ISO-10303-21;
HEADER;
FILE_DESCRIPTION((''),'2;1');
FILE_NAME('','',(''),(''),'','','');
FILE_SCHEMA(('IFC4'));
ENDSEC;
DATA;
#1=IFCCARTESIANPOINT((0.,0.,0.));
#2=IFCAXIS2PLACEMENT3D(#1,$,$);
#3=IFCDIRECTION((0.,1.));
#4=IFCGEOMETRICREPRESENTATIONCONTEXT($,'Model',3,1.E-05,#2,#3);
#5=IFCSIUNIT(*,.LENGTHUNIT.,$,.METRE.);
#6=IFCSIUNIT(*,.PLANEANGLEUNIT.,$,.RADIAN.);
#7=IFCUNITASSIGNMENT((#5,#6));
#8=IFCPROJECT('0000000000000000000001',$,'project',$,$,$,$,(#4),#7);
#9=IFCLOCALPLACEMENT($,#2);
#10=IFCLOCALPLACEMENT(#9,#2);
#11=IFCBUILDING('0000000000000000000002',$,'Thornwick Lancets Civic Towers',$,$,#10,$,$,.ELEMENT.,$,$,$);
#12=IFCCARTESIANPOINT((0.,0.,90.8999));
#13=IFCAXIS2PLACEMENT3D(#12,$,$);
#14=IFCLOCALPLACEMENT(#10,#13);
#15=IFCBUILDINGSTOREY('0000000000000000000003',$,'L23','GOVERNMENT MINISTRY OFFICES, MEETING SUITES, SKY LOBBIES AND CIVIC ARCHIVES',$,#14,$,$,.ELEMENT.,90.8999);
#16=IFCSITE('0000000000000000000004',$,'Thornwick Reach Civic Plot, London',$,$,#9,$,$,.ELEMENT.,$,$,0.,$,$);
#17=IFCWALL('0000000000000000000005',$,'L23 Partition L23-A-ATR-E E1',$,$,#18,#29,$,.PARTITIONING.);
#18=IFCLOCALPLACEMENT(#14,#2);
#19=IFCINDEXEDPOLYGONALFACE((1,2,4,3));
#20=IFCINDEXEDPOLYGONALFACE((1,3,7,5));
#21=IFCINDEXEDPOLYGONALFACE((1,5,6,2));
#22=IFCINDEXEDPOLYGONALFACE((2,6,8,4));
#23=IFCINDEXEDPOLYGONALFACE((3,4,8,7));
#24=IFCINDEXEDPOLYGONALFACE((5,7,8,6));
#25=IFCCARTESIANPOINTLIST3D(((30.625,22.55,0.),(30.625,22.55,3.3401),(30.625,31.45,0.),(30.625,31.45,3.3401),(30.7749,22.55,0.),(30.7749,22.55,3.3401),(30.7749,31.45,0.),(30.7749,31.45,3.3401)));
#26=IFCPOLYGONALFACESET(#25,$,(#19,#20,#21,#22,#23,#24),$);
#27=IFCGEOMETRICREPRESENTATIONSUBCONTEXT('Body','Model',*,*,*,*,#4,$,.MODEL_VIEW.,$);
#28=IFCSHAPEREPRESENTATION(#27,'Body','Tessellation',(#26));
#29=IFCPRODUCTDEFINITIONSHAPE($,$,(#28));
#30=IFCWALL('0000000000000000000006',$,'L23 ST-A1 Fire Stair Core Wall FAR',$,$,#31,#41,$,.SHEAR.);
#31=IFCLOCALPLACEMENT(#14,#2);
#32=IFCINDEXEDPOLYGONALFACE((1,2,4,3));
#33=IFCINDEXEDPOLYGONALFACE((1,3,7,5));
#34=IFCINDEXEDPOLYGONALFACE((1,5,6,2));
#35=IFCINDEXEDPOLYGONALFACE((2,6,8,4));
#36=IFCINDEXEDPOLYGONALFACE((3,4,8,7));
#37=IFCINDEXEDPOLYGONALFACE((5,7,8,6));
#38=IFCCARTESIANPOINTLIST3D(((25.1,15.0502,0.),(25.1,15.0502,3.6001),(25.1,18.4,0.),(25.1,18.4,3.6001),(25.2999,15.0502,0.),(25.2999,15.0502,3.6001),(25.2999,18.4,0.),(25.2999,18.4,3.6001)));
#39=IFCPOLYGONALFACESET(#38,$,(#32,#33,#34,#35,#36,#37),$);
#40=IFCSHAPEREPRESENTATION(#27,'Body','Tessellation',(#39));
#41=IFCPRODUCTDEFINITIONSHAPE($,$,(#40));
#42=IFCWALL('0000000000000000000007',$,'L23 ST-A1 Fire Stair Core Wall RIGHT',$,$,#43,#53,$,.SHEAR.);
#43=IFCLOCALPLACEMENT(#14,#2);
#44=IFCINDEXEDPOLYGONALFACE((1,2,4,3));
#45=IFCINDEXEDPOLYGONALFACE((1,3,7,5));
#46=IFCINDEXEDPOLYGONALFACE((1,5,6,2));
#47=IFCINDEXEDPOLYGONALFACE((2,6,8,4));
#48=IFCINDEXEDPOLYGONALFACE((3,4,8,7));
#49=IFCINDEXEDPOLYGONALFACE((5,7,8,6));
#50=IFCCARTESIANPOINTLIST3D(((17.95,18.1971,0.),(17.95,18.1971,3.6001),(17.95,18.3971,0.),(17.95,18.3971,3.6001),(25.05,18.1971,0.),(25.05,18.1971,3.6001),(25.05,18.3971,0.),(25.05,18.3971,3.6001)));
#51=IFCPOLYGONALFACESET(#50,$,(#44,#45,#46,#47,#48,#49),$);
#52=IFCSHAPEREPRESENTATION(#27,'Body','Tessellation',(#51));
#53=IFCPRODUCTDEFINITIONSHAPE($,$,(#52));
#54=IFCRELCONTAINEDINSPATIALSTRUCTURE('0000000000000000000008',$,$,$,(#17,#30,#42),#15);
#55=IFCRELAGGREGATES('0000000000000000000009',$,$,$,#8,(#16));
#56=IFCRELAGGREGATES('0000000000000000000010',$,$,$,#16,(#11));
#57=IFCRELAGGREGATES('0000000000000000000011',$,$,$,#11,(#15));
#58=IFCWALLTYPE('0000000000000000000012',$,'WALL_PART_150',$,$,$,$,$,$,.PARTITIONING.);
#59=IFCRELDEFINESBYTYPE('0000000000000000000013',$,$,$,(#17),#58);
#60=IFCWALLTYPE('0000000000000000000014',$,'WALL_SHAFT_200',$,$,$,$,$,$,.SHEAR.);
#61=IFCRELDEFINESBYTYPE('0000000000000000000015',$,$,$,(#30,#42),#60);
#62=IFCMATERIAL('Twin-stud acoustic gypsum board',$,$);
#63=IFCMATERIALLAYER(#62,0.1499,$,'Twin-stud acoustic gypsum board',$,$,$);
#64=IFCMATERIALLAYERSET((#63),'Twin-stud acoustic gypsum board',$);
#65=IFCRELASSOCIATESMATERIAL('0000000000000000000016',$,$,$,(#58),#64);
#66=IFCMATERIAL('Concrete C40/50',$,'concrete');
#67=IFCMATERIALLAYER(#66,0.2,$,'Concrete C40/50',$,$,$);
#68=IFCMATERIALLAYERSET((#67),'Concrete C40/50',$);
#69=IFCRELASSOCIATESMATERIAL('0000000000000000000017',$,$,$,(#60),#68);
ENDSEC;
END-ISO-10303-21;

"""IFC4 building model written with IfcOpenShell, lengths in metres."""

from ifc_helpers import new_model, si_unit, direction, frame, frame_2d, origin, place, context, subcontext, project, spatial, rectangle, extrude, material, layer, layer_set, type_object, element, save


model = new_model("IFC4")

# Units and contexts
model_context = context("Model", 3, precision=1e-05, world=origin(), true_north=direction((0.0, 1.0)))
body_context = subcontext(model_context, "Body", "Model", "MODEL_VIEW")
ifc_project = project(units=[si_unit("LENGTHUNIT", "METRE"), si_unit("PLANEANGLEUNIT", "RADIAN")], contexts=[model_context])

# Site, building, storey
site_placement = place(None, origin())
site = spatial("IfcSite", under=ifc_project, at=site_placement, Name="Thornwick Reach Civic Plot, London", CompositionType="ELEMENT", RefElevation=0.0)
building_placement = place(site_placement, origin())
building = spatial("IfcBuilding", under=site, at=building_placement, Name="Thornwick Lancets Civic Towers", CompositionType="ELEMENT")
storey_placement = place(building_placement, frame((0.0, 0.0, 90.8999)))
storey = spatial("IfcBuildingStorey", under=building, at=storey_placement, Name="L23", Description="GOVERNMENT MINISTRY OFFICES, MEETING SUITES, SKY LOBBIES AND CIVIC ARCHIVES", CompositionType="ELEMENT", Elevation=90.8999)

# Walls
ifc_material_1 = material(Name="Twin-stud acoustic gypsum board")
ifc_layer_1 = layer(ifc_material_1, 0.1499, Name="Twin-stud acoustic gypsum board")
ifc_layer_set_1 = layer_set([ifc_layer_1], Name="Twin-stud acoustic gypsum board")
wall_type_1 = type_object("IfcWallType", Name="WALL_PART_150", PredefinedType="PARTITIONING", material=ifc_layer_set_1)
wall_1_placement = place(storey_placement, frame((30.7, 22.55, 0.0), z_axis=(0.0, 0.0, 1.0), x_axis=(0.0, 1.0, 0.0)))
element("IfcWall", 1, at=wall_1_placement, inside=storey, type_object=wall_type_1, Name="L23 Partition L23-A-ATR-E E1", PredefinedType="PARTITIONING", context=body_context, shape_type="SweptSolid", body=[
    extrude(rectangle(XDim=8.8999, YDim=0.1499, at=frame_2d((4.45, 0.0))), origin(), (0.0, 0.0, 1.0), 3.3401),
])
ifc_material_2 = material(Name="Concrete C40/50", Category="concrete")
ifc_layer_2 = layer(ifc_material_2, 0.2, Name="Concrete C40/50")
ifc_layer_set_2 = layer_set([ifc_layer_2], Name="Concrete C40/50")
wall_type_2 = type_object("IfcWallType", Name="WALL_SHAFT_200", PredefinedType="SHEAR", material=ifc_layer_set_2)
wall_2_placement = place(storey_placement, frame((25.2, 18.3999, 0.0), z_axis=(0.0, 0.0, 1.0), x_axis=(0.0, -1.0, 0.0)))
element("IfcWall", 2, at=wall_2_placement, inside=storey, type_object=wall_type_2, Name="L23 ST-A1 Fire Stair Core Wall FAR", PredefinedType="SHEAR", context=body_context, shape_type="SweptSolid", body=[
    extrude(rectangle(XDim=3.3499, YDim=0.2, at=frame_2d((1.6748, 0.0))), origin(), (0.0, 0.0, 1.0), 3.6001),
])
wall_3_placement = place(storey_placement, frame((25.05, 18.2971, 0.0), z_axis=(0.0, 0.0, 1.0), x_axis=(-1.0, 0.0, 0.0)))
element("IfcWall", 3, at=wall_3_placement, inside=storey, type_object=wall_type_2, Name="L23 ST-A1 Fire Stair Core Wall RIGHT", PredefinedType="SHEAR", context=body_context, shape_type="SweptSolid", body=[
    extrude(rectangle(XDim=7.1001, YDim=0.2, at=frame_2d((3.55, 0.0))), origin(), (0.0, 0.0, 1.0), 3.6001),
])

save(model, "model.ifc")
